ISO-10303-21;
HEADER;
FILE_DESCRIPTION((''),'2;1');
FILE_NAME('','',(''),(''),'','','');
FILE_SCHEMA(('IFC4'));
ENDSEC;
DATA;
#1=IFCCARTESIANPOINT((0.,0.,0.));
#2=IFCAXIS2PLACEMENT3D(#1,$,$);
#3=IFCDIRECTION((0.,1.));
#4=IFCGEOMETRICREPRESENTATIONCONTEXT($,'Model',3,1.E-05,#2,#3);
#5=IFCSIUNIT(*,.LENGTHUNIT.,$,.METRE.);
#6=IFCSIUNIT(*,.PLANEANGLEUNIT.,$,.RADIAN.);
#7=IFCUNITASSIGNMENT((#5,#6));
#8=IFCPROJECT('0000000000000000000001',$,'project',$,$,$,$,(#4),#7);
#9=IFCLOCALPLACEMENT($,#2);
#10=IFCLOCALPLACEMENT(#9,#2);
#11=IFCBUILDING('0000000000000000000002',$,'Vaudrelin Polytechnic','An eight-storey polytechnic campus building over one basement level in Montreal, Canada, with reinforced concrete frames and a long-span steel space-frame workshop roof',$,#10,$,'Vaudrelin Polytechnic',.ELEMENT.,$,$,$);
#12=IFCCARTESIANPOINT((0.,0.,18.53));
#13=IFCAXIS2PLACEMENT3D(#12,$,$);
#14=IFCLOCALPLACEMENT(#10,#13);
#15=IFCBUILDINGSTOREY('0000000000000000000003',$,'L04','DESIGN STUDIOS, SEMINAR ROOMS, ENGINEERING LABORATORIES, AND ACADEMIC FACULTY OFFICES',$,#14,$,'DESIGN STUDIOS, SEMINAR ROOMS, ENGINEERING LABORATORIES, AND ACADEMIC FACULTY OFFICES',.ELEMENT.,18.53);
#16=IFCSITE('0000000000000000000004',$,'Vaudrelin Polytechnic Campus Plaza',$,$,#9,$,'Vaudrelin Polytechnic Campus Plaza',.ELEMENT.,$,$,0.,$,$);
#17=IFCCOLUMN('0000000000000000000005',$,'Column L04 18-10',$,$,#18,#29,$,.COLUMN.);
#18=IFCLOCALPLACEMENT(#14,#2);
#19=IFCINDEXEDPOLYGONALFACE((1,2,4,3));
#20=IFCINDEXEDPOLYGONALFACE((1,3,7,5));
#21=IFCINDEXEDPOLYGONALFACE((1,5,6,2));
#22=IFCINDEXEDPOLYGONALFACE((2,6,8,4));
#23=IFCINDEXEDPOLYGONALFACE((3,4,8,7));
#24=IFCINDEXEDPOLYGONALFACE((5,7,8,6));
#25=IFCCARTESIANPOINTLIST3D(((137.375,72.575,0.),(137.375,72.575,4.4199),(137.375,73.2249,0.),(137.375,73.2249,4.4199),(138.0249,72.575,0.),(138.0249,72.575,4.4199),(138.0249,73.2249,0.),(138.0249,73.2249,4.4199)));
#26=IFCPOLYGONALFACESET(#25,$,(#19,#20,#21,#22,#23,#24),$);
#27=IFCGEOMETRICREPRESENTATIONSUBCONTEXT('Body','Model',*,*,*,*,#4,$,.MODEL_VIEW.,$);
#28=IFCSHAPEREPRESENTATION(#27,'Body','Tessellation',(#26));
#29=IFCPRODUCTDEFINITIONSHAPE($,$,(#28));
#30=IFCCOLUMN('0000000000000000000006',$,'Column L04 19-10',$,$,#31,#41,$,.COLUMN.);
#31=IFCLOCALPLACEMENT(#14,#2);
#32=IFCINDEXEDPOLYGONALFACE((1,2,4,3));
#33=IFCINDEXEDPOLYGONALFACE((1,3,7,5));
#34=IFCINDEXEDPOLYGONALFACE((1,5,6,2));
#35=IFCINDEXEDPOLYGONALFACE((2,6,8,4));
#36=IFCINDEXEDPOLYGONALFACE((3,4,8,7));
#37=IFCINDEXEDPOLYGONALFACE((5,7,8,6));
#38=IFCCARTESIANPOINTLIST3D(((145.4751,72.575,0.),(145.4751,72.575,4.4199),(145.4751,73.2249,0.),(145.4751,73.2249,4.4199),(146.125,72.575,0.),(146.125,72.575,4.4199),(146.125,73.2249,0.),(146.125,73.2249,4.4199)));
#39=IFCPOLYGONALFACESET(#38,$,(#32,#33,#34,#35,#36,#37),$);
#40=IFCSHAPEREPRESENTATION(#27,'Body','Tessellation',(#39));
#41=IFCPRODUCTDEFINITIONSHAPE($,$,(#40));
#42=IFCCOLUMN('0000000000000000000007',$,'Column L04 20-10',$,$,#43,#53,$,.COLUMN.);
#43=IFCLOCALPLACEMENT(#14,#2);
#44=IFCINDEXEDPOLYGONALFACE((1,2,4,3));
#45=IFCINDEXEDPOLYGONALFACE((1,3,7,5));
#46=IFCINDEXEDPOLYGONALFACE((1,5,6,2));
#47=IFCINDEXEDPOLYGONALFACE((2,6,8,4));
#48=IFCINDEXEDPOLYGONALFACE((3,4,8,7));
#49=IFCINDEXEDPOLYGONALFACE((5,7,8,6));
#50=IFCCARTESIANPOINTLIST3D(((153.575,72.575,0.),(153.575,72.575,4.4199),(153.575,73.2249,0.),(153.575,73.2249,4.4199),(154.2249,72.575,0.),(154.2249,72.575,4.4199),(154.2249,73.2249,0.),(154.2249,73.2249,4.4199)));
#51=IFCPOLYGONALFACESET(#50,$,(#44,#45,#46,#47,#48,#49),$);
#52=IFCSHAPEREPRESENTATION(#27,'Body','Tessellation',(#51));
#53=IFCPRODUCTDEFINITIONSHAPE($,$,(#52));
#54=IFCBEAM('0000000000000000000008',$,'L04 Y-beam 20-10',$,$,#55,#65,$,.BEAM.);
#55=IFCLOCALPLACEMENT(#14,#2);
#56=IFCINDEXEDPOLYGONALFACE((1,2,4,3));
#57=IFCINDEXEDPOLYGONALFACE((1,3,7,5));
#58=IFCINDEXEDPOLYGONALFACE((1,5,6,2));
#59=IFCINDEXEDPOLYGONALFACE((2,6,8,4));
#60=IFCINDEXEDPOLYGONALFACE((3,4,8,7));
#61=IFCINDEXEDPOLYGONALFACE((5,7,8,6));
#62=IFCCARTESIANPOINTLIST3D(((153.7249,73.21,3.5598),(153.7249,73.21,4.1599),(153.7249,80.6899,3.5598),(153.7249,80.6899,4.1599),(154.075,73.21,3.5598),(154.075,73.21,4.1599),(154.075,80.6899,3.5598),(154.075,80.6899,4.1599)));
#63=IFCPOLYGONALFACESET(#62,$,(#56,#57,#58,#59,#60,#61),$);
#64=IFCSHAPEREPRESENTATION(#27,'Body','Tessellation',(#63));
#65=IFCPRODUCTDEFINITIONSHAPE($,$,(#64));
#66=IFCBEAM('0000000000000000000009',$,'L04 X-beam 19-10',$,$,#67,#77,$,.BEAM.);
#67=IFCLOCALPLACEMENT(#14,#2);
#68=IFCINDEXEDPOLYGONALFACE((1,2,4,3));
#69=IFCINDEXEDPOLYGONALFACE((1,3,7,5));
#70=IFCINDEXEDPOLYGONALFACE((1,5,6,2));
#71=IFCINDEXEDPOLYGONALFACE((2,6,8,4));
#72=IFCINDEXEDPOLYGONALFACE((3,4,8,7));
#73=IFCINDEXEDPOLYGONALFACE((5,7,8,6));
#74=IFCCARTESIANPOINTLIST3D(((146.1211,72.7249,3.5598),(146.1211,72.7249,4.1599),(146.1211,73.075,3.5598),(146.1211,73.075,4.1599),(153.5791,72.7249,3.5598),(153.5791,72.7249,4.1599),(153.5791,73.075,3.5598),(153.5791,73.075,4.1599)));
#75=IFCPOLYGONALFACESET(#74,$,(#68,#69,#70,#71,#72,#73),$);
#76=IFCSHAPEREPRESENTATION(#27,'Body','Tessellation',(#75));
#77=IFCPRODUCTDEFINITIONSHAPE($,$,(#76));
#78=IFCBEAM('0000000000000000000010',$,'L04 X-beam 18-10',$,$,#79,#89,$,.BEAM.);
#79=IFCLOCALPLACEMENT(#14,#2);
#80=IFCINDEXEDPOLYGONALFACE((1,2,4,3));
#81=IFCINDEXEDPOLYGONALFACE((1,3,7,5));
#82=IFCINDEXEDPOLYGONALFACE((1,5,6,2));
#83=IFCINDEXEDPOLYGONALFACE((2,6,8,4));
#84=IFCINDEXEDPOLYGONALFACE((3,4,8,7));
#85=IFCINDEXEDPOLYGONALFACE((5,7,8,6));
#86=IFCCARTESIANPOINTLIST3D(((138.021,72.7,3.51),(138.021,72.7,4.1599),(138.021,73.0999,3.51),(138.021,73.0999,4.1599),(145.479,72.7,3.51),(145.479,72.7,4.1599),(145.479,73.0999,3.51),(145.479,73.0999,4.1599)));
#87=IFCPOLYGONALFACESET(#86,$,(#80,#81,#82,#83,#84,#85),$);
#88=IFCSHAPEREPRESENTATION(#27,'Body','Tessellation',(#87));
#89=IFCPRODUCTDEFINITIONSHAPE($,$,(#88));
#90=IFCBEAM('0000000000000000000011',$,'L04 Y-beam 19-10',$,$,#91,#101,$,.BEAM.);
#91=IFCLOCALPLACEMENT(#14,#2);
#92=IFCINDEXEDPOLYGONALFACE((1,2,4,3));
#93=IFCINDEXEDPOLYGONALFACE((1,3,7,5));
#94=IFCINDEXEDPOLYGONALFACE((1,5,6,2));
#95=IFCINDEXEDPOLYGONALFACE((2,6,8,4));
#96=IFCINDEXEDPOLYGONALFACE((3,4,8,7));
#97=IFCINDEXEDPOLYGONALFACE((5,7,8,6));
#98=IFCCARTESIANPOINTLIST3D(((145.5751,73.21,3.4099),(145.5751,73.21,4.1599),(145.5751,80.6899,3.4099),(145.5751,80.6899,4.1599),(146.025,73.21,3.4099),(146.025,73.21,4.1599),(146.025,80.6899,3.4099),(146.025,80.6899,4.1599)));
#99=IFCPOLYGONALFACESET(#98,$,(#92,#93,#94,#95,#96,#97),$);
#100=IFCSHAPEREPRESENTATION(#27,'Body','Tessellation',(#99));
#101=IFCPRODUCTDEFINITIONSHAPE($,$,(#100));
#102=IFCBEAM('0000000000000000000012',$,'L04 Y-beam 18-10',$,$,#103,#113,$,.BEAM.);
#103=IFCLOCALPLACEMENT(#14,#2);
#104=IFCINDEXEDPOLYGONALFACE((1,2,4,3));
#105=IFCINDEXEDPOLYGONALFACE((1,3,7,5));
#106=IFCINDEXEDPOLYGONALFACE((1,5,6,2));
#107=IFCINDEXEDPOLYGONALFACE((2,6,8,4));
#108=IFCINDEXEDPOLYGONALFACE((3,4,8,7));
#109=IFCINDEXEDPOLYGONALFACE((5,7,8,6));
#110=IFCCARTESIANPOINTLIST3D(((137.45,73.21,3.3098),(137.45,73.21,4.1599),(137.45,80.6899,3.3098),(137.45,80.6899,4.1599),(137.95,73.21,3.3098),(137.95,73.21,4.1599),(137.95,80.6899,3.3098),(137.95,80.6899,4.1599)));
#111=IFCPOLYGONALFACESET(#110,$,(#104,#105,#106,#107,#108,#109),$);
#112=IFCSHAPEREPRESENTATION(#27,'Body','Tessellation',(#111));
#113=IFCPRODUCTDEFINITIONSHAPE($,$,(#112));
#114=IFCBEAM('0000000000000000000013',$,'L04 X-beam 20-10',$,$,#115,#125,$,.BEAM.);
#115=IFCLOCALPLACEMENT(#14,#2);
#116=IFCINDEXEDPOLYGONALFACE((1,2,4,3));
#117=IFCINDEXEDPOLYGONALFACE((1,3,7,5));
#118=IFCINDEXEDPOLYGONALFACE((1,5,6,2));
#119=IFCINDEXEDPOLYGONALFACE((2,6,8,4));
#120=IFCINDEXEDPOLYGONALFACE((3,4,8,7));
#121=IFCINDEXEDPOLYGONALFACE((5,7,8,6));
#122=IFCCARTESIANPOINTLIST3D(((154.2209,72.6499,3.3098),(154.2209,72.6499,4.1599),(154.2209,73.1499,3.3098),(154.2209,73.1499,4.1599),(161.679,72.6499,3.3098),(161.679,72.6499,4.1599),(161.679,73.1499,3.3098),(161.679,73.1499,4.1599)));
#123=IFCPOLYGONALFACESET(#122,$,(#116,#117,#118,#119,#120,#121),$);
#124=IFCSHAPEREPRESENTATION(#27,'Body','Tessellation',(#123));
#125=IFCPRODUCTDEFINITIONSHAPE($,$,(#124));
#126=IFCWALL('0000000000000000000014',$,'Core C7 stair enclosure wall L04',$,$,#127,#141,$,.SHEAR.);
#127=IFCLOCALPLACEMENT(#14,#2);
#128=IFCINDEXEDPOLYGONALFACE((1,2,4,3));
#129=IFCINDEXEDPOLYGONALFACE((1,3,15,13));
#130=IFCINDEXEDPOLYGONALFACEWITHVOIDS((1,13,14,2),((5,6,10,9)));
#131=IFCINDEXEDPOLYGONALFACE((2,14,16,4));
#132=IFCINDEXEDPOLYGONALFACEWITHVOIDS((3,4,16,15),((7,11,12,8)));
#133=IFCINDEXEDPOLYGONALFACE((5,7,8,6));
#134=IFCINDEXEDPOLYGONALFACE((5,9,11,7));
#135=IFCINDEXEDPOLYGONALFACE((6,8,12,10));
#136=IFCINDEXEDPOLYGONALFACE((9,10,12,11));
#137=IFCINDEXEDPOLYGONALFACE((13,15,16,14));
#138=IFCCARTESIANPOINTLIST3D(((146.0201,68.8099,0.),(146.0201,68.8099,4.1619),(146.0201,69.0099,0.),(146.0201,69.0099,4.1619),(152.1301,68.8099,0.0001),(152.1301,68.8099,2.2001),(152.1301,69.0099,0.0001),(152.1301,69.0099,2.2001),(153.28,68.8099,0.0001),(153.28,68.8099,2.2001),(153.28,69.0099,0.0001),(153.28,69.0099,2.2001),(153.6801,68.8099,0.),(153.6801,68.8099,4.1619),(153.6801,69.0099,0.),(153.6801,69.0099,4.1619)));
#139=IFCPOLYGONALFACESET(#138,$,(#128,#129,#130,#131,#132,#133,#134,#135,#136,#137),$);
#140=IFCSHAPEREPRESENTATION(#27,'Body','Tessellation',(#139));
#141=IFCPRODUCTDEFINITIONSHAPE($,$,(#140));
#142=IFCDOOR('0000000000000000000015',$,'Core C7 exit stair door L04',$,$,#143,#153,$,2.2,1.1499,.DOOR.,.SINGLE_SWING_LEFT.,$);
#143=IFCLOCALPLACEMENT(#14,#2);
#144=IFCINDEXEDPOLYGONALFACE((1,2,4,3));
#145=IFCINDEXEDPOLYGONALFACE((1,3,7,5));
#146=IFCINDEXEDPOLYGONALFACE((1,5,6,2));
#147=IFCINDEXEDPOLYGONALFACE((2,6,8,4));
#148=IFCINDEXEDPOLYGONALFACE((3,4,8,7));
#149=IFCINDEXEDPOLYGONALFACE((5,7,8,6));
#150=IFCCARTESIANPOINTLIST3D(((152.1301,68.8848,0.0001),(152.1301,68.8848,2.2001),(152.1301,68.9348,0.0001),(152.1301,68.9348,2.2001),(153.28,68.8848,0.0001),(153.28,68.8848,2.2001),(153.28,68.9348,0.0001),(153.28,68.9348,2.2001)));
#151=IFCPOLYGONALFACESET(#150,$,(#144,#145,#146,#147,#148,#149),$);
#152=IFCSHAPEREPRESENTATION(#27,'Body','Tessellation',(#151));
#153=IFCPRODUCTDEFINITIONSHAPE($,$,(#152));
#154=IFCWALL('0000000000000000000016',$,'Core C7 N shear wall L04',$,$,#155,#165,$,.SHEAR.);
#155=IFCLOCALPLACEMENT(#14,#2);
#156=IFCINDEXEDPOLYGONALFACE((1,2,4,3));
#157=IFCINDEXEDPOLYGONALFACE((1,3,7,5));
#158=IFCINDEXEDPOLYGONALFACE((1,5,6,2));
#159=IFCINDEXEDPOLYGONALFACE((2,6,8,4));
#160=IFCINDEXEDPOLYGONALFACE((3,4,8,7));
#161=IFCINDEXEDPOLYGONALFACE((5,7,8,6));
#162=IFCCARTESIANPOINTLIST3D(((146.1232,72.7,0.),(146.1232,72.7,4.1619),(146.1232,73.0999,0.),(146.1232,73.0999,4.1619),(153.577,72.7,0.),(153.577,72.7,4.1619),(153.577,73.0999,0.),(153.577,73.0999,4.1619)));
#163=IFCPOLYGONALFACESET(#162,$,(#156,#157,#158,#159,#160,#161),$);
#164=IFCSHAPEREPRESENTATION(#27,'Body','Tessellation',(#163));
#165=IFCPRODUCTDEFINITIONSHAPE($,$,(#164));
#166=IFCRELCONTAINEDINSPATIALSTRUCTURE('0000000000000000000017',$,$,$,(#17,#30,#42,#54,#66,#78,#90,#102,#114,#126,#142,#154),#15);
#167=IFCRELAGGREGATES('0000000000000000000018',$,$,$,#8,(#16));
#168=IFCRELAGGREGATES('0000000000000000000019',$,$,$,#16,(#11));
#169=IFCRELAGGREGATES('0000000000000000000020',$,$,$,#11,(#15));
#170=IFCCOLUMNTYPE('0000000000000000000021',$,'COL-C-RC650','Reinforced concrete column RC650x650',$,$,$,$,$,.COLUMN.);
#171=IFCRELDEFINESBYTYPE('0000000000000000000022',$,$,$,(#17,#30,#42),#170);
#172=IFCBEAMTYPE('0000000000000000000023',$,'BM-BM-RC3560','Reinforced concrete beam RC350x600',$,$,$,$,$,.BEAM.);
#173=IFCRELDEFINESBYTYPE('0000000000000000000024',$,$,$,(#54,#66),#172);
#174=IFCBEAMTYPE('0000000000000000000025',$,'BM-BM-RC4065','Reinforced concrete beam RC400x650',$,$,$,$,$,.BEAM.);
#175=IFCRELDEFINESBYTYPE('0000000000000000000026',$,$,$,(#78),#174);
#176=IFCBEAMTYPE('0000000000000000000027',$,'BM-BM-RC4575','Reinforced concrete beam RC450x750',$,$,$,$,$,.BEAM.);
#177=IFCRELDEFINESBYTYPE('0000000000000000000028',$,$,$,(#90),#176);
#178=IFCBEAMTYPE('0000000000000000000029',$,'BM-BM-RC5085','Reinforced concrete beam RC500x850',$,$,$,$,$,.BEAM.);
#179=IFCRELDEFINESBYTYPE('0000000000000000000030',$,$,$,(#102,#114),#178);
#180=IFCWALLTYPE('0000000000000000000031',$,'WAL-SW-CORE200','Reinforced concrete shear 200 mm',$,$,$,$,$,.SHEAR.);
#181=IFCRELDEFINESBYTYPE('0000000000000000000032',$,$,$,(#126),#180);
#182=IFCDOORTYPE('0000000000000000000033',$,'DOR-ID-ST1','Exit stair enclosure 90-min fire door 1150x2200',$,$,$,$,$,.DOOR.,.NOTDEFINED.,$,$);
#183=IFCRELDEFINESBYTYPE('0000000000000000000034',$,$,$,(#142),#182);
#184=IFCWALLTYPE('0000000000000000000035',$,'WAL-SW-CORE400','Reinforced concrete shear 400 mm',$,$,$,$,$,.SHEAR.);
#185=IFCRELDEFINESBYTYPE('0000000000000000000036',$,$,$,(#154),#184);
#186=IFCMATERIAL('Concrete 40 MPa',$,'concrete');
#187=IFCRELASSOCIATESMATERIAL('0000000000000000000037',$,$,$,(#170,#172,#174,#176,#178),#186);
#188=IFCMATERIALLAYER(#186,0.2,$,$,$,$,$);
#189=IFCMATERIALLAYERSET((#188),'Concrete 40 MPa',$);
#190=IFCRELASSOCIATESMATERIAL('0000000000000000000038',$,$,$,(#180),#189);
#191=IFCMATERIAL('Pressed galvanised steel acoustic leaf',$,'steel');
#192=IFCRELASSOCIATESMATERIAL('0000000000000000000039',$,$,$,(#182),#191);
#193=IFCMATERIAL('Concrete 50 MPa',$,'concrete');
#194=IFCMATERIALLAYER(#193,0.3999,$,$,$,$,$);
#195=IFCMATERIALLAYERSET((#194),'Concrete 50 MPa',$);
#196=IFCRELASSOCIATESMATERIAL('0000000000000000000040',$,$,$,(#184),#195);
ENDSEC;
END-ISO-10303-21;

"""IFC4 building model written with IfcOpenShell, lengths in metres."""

from ifc_helpers import new_model, si_unit, direction, frame, frame_2d, origin, origin_2d, place, context, subcontext, project, spatial, rectangle, extrude, material, layer, layer_set, material_profile, profile_set, type_object, element, fill, save


model = new_model("IFC4")

# Units and contexts
model_context = context("Model", 3, precision=1e-05, world=origin(), true_north=direction((0.0, 1.0)))
body_context = subcontext(model_context, "Body", "Model", "MODEL_VIEW")
ifc_project = project(units=[si_unit("LENGTHUNIT", "METRE"), si_unit("PLANEANGLEUNIT", "RADIAN")], contexts=[model_context])

# Site, building, storey
site_placement = place(None, origin())
site = spatial("IfcSite", under=ifc_project, at=site_placement, Name="Vaudrelin Polytechnic Campus Plaza", LongName="Vaudrelin Polytechnic Campus Plaza", CompositionType="ELEMENT", RefElevation=0.0)
building_placement = place(site_placement, origin())
building = spatial("IfcBuilding", under=site, at=building_placement, Name="Vaudrelin Polytechnic", Description="An eight-storey polytechnic campus building over one basement level in Montreal, Canada, with reinforced concrete frames and a long-span steel space-frame workshop roof", LongName="Vaudrelin Polytechnic", CompositionType="ELEMENT")
storey_placement = place(building_placement, frame((0.0, 0.0, 18.53)))
storey = spatial("IfcBuildingStorey", under=building, at=storey_placement, Name="L04", Description="DESIGN STUDIOS, SEMINAR ROOMS, ENGINEERING LABORATORIES, AND ACADEMIC FACULTY OFFICES", LongName="DESIGN STUDIOS, SEMINAR ROOMS, ENGINEERING LABORATORIES, AND ACADEMIC FACULTY OFFICES", CompositionType="ELEMENT", Elevation=18.53)

# Columns
ifc_material_1 = material(Name="Concrete 40 MPa", Category="concrete")
ifc_material_profile_1 = material_profile(ifc_material_1, rectangle(XDim=0.6499, YDim=0.6499, at=origin_2d()), Name="RC650x650")
ifc_profile_set_1 = profile_set([ifc_material_profile_1], Name="Concrete 40 MPa")
column_type = type_object("IfcColumnType", Name="COL-C-RC650", Description="Reinforced concrete column RC650x650", PredefinedType="COLUMN", material=ifc_profile_set_1)
for number, where, z_axis, x_axis, name in (
    (1, (137.7, 72.8999, 0.0), (0.0, 0.0, 1.0), (1.0, 0.0, 0.0), "Column L04 18-10"),
    (2, (145.8, 72.8999, 0.0), (0.0, 0.0, 1.0), (1.0, 0.0, 0.0), "Column L04 19-10"),
    (3, (153.8999, 72.8999, 0.0), (0.0, 0.0, 1.0), (1.0, 0.0, 0.0), "Column L04 20-10"),
):
    element("IfcColumn", number, at=place(storey_placement, frame(where, z_axis=z_axis, x_axis=x_axis)), inside=storey, type_object=column_type, Name=name, PredefinedType="COLUMN", context=body_context, shape_type="SweptSolid", body=[
        extrude(rectangle(XDim=0.6499, YDim=0.6499, at=origin_2d()), origin(), (0.0, 0.0, 1.0), 4.4199),
    ])

# Beams
ifc_material_profile_2 = material_profile(ifc_material_1, rectangle(XDim=0.3501, YDim=0.6001, at=origin_2d()), Name="RC350x600")
ifc_profile_set_2 = profile_set([ifc_material_profile_2], Name="Concrete 40 MPa")
beam_type_1 = type_object("IfcBeamType", Name="BM-BM-RC3560", Description="Reinforced concrete beam RC350x600", PredefinedType="BEAM", material=ifc_profile_set_2)
beam_1_placement = place(storey_placement, frame((153.8999, 73.21, 3.8599), z_axis=(0.0, 1.0, 0.0), x_axis=(-1.0, 0.0, 0.0)))
element("IfcBeam", 4, at=beam_1_placement, inside=storey, type_object=beam_type_1, Name="L04 Y-beam 20-10", PredefinedType="BEAM", context=body_context, shape_type="SweptSolid", body=[
    extrude(rectangle(XDim=0.3501, YDim=0.6001, at=origin_2d()), origin(), (0.0, 0.0, 1.0), 7.48),
])
beam_2_placement = place(storey_placement, frame((146.1211, 72.8999, 3.8599), z_axis=(1.0, 0.0, 0.0), x_axis=(0.0, 1.0, 0.0)))
element("IfcBeam", 5, at=beam_2_placement, inside=storey, type_object=beam_type_1, Name="L04 X-beam 19-10", PredefinedType="BEAM", context=body_context, shape_type="SweptSolid", body=[
    extrude(rectangle(XDim=0.3501, YDim=0.6001, at=origin_2d()), origin(), (0.0, 0.0, 1.0), 7.458),
])
ifc_material_profile_3 = material_profile(ifc_material_1, rectangle(XDim=0.3999, YDim=0.6499, at=origin_2d()), Name="RC400x650")
ifc_profile_set_3 = profile_set([ifc_material_profile_3], Name="Concrete 40 MPa")
beam_type_2 = type_object("IfcBeamType", Name="BM-BM-RC4065", Description="Reinforced concrete beam RC400x650", PredefinedType="BEAM", material=ifc_profile_set_3)
beam_3_placement = place(storey_placement, frame((138.021, 72.8999, 3.835), z_axis=(1.0, 0.0, 0.0), x_axis=(0.0, 1.0, 0.0)))
element("IfcBeam", 6, at=beam_3_placement, inside=storey, type_object=beam_type_2, Name="L04 X-beam 18-10", PredefinedType="BEAM", context=body_context, shape_type="SweptSolid", body=[
    extrude(rectangle(XDim=0.3999, YDim=0.6499, at=origin_2d()), origin(), (0.0, 0.0, 1.0), 7.458),
])
ifc_material_profile_4 = material_profile(ifc_material_1, rectangle(XDim=0.45, YDim=0.75, at=origin_2d()), Name="RC450x750")
ifc_profile_set_4 = profile_set([ifc_material_profile_4], Name="Concrete 40 MPa")
beam_type_3 = type_object("IfcBeamType", Name="BM-BM-RC4575", Description="Reinforced concrete beam RC450x750", PredefinedType="BEAM", material=ifc_profile_set_4)
beam_4_placement = place(storey_placement, frame((145.8, 73.21, 3.7849), z_axis=(0.0, 1.0, 0.0), x_axis=(-1.0, 0.0, 0.0)))
element("IfcBeam", 7, at=beam_4_placement, inside=storey, type_object=beam_type_3, Name="L04 Y-beam 19-10", PredefinedType="BEAM", context=body_context, shape_type="SweptSolid", body=[
    extrude(rectangle(XDim=0.45, YDim=0.75, at=origin_2d()), origin(), (0.0, 0.0, 1.0), 7.48),
])
ifc_material_profile_5 = material_profile(ifc_material_1, rectangle(XDim=0.5, YDim=0.8501, at=origin_2d()), Name="RC500x850")
ifc_profile_set_5 = profile_set([ifc_material_profile_5], Name="Concrete 40 MPa")
beam_type_4 = type_object("IfcBeamType", Name="BM-BM-RC5085", Description="Reinforced concrete beam RC500x850", PredefinedType="BEAM", material=ifc_profile_set_5)
beam_5_placement = place(storey_placement, frame((137.7, 73.21, 3.7349), z_axis=(0.0, 1.0, 0.0), x_axis=(-1.0, 0.0, 0.0)))
element("IfcBeam", 8, at=beam_5_placement, inside=storey, type_object=beam_type_4, Name="L04 Y-beam 18-10", PredefinedType="BEAM", context=body_context, shape_type="SweptSolid", body=[
    extrude(rectangle(XDim=0.5, YDim=0.8501, at=origin_2d()), origin(), (0.0, 0.0, 1.0), 7.48),
])
beam_6_placement = place(storey_placement, frame((154.2209, 72.8999, 3.7349), z_axis=(1.0, 0.0, 0.0), x_axis=(0.0, 1.0, 0.0)))
element("IfcBeam", 9, at=beam_6_placement, inside=storey, type_object=beam_type_4, Name="L04 X-beam 20-10", PredefinedType="BEAM", context=body_context, shape_type="SweptSolid", body=[
    extrude(rectangle(XDim=0.5, YDim=0.8501, at=origin_2d()), origin(), (0.0, 0.0, 1.0), 7.458),
])

# Wall, opening, door
ifc_material_2 = material(Name="Pressed galvanised steel acoustic leaf", Category="steel")
ifc_layer_1 = layer(ifc_material_1, 0.2)
ifc_layer_set_1 = layer_set([ifc_layer_1], Name="Concrete 40 MPa")
wall_type_1 = type_object("IfcWallType", Name="WAL-SW-CORE200", Description="Reinforced concrete shear 200 mm", PredefinedType="SHEAR", material=ifc_layer_set_1)
wall_1_placement = place(storey_placement, frame((146.02, 68.9099, 0.0), z_axis=(0.0, 0.0, 1.0), x_axis=(1.0, 0.0, 0.0)))
wall_1 = element("IfcWall", 10, at=wall_1_placement, inside=storey, type_object=wall_type_1, Name="Core C7 stair enclosure wall L04", PredefinedType="SHEAR", context=body_context, shape_type="SweptSolid", body=[
    extrude(rectangle(XDim=7.6599, YDim=0.2, at=frame_2d((3.8301, 0.0))), origin(), (0.0, 0.0, 1.0), 4.1619),
])
opening_1_placement = place(wall_1_placement, frame((6.1101, 0.0, 0.0)))
opening_1 = element("IfcOpeningElement", 11, at=opening_1_placement, cuts=wall_1, PredefinedType="OPENING", context=body_context, shape_type="SweptSolid", body=[
    extrude(rectangle(XDim=1.1499, YDim=2.2, at=frame_2d((0.575, 1.1001))), frame((0.0, 0.1099, 0.0), z_axis=(0.0, -1.0, 0.0), x_axis=(1.0, 0.0, 0.0)), (0.0, 0.0, 1.0), 0.22),
])
door_type_1 = type_object("IfcDoorType", Name="DOR-ID-ST1", Description="Exit stair enclosure 90-min fire door 1150x2200", OperationType="NOTDEFINED", PredefinedType="DOOR", material=ifc_material_2)
door_1_placement = place(opening_1_placement, origin())
door_1 = element("IfcDoor", 12, at=door_1_placement, inside=storey, type_object=door_type_1, Name="Core C7 exit stair door L04", OperationType="SINGLE_SWING_LEFT", OverallHeight=2.2, OverallWidth=1.1499, PredefinedType="DOOR", context=body_context, shape_type="SweptSolid", body=[
    extrude(rectangle(XDim=1.1499, YDim=2.2, at=frame_2d((0.575, 1.1001))), frame((0.0, 0.0249, 0.0), z_axis=(0.0, -1.0, 0.0), x_axis=(1.0, 0.0, 0.0)), (0.0, 0.0, 1.0), 0.05),
])
fill(opening_1, door_1)

# Wall
ifc_material_3 = material(Name="Concrete 50 MPa", Category="concrete")
ifc_layer_2 = layer(ifc_material_3, 0.3999)
ifc_layer_set_2 = layer_set([ifc_layer_2], Name="Concrete 50 MPa")
wall_type_2 = type_object("IfcWallType", Name="WAL-SW-CORE400", Description="Reinforced concrete shear 400 mm", PredefinedType="SHEAR", material=ifc_layer_set_2)
wall_2_placement = place(storey_placement, frame((146.123, 72.8999, 0.0), z_axis=(0.0, 0.0, 1.0), x_axis=(1.0, 0.0, 0.0)))
element("IfcWall", 13, at=wall_2_placement, inside=storey, type_object=wall_type_2, Name="Core C7 N shear wall L04", PredefinedType="SHEAR", context=body_context, shape_type="SweptSolid", body=[
    extrude(rectangle(XDim=7.4539, YDim=0.3999, at=frame_2d((3.7271, 0.0))), origin(), (0.0, 0.0, 1.0), 4.1619),
])

save(model, "model.ifc")
